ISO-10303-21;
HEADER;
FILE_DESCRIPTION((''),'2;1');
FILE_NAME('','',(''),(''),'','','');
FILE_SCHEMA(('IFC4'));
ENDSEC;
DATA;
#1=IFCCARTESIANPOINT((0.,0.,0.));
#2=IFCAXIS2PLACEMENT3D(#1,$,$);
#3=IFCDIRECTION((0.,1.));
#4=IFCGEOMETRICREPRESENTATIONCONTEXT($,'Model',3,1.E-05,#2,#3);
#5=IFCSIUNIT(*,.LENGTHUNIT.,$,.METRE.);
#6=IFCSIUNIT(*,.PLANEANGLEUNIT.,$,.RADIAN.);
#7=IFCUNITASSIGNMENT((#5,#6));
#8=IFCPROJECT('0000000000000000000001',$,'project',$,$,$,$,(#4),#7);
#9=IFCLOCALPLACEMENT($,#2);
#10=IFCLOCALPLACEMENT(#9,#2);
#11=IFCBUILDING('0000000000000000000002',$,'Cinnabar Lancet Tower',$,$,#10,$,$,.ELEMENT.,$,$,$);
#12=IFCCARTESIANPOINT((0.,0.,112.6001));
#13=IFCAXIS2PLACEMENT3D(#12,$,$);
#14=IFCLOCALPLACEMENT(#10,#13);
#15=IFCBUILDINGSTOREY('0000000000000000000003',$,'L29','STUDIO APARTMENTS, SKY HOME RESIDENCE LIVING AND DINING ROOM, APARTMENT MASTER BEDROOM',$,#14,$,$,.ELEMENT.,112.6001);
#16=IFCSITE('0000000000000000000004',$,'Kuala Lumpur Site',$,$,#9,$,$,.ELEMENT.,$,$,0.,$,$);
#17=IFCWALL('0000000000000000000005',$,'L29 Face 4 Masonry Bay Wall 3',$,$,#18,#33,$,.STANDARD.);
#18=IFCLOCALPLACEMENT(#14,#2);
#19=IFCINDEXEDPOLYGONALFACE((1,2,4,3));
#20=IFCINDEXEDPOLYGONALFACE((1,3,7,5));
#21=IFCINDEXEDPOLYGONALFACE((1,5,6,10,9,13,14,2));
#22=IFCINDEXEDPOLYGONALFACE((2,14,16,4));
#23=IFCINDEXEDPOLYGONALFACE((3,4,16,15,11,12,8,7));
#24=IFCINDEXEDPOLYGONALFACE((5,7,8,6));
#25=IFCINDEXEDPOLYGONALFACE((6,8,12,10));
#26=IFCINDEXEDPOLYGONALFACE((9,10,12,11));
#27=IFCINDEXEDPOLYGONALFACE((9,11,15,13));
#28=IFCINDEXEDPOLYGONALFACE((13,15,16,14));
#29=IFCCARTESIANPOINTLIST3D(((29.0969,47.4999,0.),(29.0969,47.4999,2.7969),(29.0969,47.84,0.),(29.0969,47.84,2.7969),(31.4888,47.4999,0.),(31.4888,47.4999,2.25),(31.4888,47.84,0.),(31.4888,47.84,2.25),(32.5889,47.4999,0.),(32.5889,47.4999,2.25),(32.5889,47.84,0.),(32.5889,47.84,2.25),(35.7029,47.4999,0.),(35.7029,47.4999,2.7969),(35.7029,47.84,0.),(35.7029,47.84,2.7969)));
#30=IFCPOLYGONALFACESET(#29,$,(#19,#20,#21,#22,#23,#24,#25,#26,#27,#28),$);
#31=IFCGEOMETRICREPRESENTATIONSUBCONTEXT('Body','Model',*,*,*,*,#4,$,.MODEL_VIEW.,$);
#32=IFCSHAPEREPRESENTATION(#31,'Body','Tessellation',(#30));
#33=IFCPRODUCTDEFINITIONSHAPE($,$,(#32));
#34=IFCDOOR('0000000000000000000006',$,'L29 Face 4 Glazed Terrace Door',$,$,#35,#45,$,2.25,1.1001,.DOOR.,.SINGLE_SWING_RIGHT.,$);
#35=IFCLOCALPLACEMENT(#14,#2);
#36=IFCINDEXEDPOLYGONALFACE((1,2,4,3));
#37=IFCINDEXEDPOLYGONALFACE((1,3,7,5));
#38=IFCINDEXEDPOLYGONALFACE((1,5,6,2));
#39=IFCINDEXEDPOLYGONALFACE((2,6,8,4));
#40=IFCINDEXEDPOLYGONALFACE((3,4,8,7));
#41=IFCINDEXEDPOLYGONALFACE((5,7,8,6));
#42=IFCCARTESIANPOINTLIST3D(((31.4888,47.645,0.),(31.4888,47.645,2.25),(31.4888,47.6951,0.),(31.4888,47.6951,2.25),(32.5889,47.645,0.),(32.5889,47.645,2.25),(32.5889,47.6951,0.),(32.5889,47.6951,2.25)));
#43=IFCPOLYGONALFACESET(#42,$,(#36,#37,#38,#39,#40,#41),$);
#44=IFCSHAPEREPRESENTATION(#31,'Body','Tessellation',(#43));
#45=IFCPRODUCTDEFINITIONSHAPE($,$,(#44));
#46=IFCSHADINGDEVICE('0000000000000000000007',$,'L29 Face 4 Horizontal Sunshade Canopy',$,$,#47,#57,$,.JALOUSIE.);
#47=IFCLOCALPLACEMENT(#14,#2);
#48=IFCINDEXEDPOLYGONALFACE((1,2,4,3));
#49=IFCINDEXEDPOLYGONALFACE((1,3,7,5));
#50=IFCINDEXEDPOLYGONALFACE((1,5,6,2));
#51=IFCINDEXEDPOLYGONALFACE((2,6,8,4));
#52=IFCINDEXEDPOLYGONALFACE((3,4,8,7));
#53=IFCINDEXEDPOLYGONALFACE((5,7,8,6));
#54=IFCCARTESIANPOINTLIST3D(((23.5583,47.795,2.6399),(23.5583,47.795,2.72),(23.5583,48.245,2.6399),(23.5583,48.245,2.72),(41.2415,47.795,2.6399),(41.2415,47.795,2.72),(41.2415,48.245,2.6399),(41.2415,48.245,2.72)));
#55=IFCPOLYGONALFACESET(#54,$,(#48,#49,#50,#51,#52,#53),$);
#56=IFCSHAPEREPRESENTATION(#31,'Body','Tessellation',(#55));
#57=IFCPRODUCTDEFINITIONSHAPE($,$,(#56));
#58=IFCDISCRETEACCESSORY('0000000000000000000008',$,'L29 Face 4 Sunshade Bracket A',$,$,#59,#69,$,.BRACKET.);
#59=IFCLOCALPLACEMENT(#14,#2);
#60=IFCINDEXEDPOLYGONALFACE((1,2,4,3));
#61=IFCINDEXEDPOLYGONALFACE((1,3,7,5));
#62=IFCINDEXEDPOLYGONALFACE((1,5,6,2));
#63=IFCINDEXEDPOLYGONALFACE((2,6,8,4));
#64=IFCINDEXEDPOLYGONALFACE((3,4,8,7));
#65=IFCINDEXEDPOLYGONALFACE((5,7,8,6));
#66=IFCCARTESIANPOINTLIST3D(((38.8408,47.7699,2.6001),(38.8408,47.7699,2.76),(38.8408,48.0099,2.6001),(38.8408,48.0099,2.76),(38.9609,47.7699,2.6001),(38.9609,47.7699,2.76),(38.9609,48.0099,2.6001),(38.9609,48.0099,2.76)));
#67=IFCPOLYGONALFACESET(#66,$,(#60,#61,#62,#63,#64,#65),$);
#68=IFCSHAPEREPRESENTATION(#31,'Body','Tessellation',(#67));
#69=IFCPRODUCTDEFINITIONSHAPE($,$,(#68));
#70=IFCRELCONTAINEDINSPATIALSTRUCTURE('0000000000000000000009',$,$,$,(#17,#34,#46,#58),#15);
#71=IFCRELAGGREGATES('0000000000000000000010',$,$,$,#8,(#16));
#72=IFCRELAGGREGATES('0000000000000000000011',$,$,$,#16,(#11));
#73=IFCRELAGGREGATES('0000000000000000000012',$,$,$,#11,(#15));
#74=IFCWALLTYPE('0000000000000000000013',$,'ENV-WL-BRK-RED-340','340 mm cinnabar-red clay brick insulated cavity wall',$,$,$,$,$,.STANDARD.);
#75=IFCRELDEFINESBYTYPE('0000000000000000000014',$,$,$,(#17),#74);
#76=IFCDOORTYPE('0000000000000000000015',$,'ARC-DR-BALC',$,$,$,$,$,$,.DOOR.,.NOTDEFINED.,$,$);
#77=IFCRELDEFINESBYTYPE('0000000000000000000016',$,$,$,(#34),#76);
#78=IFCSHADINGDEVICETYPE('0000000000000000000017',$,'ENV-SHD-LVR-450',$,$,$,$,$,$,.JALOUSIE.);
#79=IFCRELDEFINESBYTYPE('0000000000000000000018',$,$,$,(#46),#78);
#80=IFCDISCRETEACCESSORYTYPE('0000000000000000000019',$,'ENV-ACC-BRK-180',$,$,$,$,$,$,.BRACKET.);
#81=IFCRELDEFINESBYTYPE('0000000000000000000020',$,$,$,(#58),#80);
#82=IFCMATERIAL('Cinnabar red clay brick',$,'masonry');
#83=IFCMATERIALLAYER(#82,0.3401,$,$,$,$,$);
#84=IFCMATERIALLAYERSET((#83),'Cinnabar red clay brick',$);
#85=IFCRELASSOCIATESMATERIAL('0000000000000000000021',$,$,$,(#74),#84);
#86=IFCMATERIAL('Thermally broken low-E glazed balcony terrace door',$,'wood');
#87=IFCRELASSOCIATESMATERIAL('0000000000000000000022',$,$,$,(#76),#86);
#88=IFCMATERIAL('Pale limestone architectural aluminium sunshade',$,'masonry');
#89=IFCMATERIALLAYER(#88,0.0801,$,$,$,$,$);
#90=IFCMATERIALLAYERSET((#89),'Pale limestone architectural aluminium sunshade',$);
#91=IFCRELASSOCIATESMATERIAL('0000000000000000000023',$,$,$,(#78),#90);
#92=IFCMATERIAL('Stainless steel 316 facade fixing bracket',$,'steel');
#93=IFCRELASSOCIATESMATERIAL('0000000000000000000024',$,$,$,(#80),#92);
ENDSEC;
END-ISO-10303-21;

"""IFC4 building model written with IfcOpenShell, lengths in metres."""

from ifc_helpers import new_model, si_unit, direction, frame, frame_2d, origin, origin_2d, place, context, subcontext, project, spatial, rectangle, extrude, material, layer, layer_set, type_object, element, fill, save


model = new_model("IFC4")

# Units and contexts
model_context = context("Model", 3, precision=1e-05, world=origin(), true_north=direction((0.0, 1.0)))
body_context = subcontext(model_context, "Body", "Model", "MODEL_VIEW")
ifc_project = project(units=[si_unit("LENGTHUNIT", "METRE"), si_unit("PLANEANGLEUNIT", "RADIAN")], contexts=[model_context])

# Site, building, storey
site_placement = place(None, origin())
site = spatial("IfcSite", under=ifc_project, at=site_placement, Name="Kuala Lumpur Site", CompositionType="ELEMENT", RefElevation=0.0)
building_placement = place(site_placement, origin())
building = spatial("IfcBuilding", under=site, at=building_placement, Name="Cinnabar Lancet Tower", CompositionType="ELEMENT")
storey_placement = place(building_placement, frame((0.0, 0.0, 112.6001)))
storey = spatial("IfcBuildingStorey", under=building, at=storey_placement, Name="L29", Description="STUDIO APARTMENTS, SKY HOME RESIDENCE LIVING AND DINING ROOM, APARTMENT MASTER BEDROOM", CompositionType="ELEMENT", Elevation=112.6001)

# Shared definitions
ifc_material_1 = material(Name="Cinnabar red clay brick", Category="masonry")
ifc_layer_1 = layer(ifc_material_1, 0.3401)
ifc_layer_set_1 = layer_set([ifc_layer_1], Name="Cinnabar red clay brick")
wall_type_1 = type_object("IfcWallType", Name="ENV-WL-BRK-RED-340", Description="340 mm cinnabar-red clay brick insulated cavity wall", PredefinedType="STANDARD", material=ifc_layer_set_1)

# Wall, opening, door
wall_1_placement = place(storey_placement, frame((35.7029, 47.6699, 0.0), z_axis=(0.0, 0.0, 1.0), x_axis=(-1.0, 0.0, 0.0)))
wall_1 = element("IfcWall", 1, at=wall_1_placement, inside=storey, type_object=wall_type_1, Name="L29 Face 4 Masonry Bay Wall 3", PredefinedType="STANDARD", context=body_context, shape_type="SweptSolid", body=[
    extrude(rectangle(XDim=6.606, YDim=0.3401, at=frame_2d((3.303, 0.0))), origin(), (0.0, 0.0, 1.0), 2.7969),
])
opening_1_placement = place(wall_1_placement, frame((3.114, 0.0, 0.0)))
opening_1 = element("IfcOpeningElement", 2, at=opening_1_placement, cuts=wall_1, PredefinedType="OPENING", context=body_context, shape_type="SweptSolid", body=[
    extrude(rectangle(XDim=1.1001, YDim=2.25, at=frame_2d((0.55, 1.125))), frame((0.0, 0.1799, 0.0), z_axis=(0.0, -1.0, 0.0), x_axis=(1.0, 0.0, 0.0)), (0.0, 0.0, 1.0), 0.3601),
])
ifc_material_2 = material(Name="Thermally broken low-E glazed balcony terrace door", Category="wood")
door_type_1 = type_object("IfcDoorType", Name="ARC-DR-BALC", OperationType="NOTDEFINED", PredefinedType="DOOR", material=ifc_material_2)
door_1_placement = place(opening_1_placement, origin())
door_1 = element("IfcDoor", 3, at=door_1_placement, inside=storey, type_object=door_type_1, Name="L29 Face 4 Glazed Terrace Door", OperationType="SINGLE_SWING_RIGHT", OverallHeight=2.25, OverallWidth=1.1001, PredefinedType="DOOR", context=body_context, shape_type="SweptSolid", body=[
    extrude(rectangle(XDim=1.1001, YDim=2.25, at=frame_2d((0.55, 1.125))), frame((0.0, 0.0249, 0.0), z_axis=(0.0, -1.0, 0.0), x_axis=(1.0, 0.0, 0.0)), (0.0, 0.0, 1.0), 0.05),
])
fill(opening_1, door_1)

# Shading device
ifc_material_3 = material(Name="Pale limestone architectural aluminium sunshade", Category="masonry")
ifc_layer_2 = layer(ifc_material_3, 0.0801)
ifc_layer_set_2 = layer_set([ifc_layer_2], Name="Pale limestone architectural aluminium sunshade")
shading_device_type = type_object("IfcShadingDeviceType", Name="ENV-SHD-LVR-450", PredefinedType="JALOUSIE", material=ifc_layer_set_2)
shading_device_placement = place(storey_placement, frame((32.3999, 48.02, 2.6399), z_axis=(0.0, 0.0, 1.0), x_axis=(-1.0, 0.0, 0.0)))
element("IfcShadingDevice", 4, at=shading_device_placement, inside=storey, type_object=shading_device_type, Name="L29 Face 4 Horizontal Sunshade Canopy", PredefinedType="JALOUSIE", context=body_context, shape_type="SweptSolid", body=[
    extrude(rectangle(XDim=17.6831, YDim=0.45, at=origin_2d()), origin(), (0.0, 0.0, 1.0), 0.0801),
])

# Discrete accessory
ifc_material_4 = material(Name="Stainless steel 316 facade fixing bracket", Category="steel")
discrete_accessory_type = type_object("IfcDiscreteAccessoryType", Name="ENV-ACC-BRK-180", PredefinedType="BRACKET", material=ifc_material_4)
discrete_accessory_placement = place(storey_placement, frame((38.9009, 47.8899, 2.6001), z_axis=(0.0, 0.0, 1.0), x_axis=(-1.0, 0.0, 0.0)))
element("IfcDiscreteAccessory", 5, at=discrete_accessory_placement, inside=storey, type_object=discrete_accessory_type, Name="L29 Face 4 Sunshade Bracket A", PredefinedType="BRACKET", context=body_context, shape_type="SweptSolid", body=[
    extrude(rectangle(XDim=0.1201, YDim=0.24, at=origin_2d()), origin(), (0.0, 0.0, 1.0), 0.1599),
])

save(model, "model.ifc")
